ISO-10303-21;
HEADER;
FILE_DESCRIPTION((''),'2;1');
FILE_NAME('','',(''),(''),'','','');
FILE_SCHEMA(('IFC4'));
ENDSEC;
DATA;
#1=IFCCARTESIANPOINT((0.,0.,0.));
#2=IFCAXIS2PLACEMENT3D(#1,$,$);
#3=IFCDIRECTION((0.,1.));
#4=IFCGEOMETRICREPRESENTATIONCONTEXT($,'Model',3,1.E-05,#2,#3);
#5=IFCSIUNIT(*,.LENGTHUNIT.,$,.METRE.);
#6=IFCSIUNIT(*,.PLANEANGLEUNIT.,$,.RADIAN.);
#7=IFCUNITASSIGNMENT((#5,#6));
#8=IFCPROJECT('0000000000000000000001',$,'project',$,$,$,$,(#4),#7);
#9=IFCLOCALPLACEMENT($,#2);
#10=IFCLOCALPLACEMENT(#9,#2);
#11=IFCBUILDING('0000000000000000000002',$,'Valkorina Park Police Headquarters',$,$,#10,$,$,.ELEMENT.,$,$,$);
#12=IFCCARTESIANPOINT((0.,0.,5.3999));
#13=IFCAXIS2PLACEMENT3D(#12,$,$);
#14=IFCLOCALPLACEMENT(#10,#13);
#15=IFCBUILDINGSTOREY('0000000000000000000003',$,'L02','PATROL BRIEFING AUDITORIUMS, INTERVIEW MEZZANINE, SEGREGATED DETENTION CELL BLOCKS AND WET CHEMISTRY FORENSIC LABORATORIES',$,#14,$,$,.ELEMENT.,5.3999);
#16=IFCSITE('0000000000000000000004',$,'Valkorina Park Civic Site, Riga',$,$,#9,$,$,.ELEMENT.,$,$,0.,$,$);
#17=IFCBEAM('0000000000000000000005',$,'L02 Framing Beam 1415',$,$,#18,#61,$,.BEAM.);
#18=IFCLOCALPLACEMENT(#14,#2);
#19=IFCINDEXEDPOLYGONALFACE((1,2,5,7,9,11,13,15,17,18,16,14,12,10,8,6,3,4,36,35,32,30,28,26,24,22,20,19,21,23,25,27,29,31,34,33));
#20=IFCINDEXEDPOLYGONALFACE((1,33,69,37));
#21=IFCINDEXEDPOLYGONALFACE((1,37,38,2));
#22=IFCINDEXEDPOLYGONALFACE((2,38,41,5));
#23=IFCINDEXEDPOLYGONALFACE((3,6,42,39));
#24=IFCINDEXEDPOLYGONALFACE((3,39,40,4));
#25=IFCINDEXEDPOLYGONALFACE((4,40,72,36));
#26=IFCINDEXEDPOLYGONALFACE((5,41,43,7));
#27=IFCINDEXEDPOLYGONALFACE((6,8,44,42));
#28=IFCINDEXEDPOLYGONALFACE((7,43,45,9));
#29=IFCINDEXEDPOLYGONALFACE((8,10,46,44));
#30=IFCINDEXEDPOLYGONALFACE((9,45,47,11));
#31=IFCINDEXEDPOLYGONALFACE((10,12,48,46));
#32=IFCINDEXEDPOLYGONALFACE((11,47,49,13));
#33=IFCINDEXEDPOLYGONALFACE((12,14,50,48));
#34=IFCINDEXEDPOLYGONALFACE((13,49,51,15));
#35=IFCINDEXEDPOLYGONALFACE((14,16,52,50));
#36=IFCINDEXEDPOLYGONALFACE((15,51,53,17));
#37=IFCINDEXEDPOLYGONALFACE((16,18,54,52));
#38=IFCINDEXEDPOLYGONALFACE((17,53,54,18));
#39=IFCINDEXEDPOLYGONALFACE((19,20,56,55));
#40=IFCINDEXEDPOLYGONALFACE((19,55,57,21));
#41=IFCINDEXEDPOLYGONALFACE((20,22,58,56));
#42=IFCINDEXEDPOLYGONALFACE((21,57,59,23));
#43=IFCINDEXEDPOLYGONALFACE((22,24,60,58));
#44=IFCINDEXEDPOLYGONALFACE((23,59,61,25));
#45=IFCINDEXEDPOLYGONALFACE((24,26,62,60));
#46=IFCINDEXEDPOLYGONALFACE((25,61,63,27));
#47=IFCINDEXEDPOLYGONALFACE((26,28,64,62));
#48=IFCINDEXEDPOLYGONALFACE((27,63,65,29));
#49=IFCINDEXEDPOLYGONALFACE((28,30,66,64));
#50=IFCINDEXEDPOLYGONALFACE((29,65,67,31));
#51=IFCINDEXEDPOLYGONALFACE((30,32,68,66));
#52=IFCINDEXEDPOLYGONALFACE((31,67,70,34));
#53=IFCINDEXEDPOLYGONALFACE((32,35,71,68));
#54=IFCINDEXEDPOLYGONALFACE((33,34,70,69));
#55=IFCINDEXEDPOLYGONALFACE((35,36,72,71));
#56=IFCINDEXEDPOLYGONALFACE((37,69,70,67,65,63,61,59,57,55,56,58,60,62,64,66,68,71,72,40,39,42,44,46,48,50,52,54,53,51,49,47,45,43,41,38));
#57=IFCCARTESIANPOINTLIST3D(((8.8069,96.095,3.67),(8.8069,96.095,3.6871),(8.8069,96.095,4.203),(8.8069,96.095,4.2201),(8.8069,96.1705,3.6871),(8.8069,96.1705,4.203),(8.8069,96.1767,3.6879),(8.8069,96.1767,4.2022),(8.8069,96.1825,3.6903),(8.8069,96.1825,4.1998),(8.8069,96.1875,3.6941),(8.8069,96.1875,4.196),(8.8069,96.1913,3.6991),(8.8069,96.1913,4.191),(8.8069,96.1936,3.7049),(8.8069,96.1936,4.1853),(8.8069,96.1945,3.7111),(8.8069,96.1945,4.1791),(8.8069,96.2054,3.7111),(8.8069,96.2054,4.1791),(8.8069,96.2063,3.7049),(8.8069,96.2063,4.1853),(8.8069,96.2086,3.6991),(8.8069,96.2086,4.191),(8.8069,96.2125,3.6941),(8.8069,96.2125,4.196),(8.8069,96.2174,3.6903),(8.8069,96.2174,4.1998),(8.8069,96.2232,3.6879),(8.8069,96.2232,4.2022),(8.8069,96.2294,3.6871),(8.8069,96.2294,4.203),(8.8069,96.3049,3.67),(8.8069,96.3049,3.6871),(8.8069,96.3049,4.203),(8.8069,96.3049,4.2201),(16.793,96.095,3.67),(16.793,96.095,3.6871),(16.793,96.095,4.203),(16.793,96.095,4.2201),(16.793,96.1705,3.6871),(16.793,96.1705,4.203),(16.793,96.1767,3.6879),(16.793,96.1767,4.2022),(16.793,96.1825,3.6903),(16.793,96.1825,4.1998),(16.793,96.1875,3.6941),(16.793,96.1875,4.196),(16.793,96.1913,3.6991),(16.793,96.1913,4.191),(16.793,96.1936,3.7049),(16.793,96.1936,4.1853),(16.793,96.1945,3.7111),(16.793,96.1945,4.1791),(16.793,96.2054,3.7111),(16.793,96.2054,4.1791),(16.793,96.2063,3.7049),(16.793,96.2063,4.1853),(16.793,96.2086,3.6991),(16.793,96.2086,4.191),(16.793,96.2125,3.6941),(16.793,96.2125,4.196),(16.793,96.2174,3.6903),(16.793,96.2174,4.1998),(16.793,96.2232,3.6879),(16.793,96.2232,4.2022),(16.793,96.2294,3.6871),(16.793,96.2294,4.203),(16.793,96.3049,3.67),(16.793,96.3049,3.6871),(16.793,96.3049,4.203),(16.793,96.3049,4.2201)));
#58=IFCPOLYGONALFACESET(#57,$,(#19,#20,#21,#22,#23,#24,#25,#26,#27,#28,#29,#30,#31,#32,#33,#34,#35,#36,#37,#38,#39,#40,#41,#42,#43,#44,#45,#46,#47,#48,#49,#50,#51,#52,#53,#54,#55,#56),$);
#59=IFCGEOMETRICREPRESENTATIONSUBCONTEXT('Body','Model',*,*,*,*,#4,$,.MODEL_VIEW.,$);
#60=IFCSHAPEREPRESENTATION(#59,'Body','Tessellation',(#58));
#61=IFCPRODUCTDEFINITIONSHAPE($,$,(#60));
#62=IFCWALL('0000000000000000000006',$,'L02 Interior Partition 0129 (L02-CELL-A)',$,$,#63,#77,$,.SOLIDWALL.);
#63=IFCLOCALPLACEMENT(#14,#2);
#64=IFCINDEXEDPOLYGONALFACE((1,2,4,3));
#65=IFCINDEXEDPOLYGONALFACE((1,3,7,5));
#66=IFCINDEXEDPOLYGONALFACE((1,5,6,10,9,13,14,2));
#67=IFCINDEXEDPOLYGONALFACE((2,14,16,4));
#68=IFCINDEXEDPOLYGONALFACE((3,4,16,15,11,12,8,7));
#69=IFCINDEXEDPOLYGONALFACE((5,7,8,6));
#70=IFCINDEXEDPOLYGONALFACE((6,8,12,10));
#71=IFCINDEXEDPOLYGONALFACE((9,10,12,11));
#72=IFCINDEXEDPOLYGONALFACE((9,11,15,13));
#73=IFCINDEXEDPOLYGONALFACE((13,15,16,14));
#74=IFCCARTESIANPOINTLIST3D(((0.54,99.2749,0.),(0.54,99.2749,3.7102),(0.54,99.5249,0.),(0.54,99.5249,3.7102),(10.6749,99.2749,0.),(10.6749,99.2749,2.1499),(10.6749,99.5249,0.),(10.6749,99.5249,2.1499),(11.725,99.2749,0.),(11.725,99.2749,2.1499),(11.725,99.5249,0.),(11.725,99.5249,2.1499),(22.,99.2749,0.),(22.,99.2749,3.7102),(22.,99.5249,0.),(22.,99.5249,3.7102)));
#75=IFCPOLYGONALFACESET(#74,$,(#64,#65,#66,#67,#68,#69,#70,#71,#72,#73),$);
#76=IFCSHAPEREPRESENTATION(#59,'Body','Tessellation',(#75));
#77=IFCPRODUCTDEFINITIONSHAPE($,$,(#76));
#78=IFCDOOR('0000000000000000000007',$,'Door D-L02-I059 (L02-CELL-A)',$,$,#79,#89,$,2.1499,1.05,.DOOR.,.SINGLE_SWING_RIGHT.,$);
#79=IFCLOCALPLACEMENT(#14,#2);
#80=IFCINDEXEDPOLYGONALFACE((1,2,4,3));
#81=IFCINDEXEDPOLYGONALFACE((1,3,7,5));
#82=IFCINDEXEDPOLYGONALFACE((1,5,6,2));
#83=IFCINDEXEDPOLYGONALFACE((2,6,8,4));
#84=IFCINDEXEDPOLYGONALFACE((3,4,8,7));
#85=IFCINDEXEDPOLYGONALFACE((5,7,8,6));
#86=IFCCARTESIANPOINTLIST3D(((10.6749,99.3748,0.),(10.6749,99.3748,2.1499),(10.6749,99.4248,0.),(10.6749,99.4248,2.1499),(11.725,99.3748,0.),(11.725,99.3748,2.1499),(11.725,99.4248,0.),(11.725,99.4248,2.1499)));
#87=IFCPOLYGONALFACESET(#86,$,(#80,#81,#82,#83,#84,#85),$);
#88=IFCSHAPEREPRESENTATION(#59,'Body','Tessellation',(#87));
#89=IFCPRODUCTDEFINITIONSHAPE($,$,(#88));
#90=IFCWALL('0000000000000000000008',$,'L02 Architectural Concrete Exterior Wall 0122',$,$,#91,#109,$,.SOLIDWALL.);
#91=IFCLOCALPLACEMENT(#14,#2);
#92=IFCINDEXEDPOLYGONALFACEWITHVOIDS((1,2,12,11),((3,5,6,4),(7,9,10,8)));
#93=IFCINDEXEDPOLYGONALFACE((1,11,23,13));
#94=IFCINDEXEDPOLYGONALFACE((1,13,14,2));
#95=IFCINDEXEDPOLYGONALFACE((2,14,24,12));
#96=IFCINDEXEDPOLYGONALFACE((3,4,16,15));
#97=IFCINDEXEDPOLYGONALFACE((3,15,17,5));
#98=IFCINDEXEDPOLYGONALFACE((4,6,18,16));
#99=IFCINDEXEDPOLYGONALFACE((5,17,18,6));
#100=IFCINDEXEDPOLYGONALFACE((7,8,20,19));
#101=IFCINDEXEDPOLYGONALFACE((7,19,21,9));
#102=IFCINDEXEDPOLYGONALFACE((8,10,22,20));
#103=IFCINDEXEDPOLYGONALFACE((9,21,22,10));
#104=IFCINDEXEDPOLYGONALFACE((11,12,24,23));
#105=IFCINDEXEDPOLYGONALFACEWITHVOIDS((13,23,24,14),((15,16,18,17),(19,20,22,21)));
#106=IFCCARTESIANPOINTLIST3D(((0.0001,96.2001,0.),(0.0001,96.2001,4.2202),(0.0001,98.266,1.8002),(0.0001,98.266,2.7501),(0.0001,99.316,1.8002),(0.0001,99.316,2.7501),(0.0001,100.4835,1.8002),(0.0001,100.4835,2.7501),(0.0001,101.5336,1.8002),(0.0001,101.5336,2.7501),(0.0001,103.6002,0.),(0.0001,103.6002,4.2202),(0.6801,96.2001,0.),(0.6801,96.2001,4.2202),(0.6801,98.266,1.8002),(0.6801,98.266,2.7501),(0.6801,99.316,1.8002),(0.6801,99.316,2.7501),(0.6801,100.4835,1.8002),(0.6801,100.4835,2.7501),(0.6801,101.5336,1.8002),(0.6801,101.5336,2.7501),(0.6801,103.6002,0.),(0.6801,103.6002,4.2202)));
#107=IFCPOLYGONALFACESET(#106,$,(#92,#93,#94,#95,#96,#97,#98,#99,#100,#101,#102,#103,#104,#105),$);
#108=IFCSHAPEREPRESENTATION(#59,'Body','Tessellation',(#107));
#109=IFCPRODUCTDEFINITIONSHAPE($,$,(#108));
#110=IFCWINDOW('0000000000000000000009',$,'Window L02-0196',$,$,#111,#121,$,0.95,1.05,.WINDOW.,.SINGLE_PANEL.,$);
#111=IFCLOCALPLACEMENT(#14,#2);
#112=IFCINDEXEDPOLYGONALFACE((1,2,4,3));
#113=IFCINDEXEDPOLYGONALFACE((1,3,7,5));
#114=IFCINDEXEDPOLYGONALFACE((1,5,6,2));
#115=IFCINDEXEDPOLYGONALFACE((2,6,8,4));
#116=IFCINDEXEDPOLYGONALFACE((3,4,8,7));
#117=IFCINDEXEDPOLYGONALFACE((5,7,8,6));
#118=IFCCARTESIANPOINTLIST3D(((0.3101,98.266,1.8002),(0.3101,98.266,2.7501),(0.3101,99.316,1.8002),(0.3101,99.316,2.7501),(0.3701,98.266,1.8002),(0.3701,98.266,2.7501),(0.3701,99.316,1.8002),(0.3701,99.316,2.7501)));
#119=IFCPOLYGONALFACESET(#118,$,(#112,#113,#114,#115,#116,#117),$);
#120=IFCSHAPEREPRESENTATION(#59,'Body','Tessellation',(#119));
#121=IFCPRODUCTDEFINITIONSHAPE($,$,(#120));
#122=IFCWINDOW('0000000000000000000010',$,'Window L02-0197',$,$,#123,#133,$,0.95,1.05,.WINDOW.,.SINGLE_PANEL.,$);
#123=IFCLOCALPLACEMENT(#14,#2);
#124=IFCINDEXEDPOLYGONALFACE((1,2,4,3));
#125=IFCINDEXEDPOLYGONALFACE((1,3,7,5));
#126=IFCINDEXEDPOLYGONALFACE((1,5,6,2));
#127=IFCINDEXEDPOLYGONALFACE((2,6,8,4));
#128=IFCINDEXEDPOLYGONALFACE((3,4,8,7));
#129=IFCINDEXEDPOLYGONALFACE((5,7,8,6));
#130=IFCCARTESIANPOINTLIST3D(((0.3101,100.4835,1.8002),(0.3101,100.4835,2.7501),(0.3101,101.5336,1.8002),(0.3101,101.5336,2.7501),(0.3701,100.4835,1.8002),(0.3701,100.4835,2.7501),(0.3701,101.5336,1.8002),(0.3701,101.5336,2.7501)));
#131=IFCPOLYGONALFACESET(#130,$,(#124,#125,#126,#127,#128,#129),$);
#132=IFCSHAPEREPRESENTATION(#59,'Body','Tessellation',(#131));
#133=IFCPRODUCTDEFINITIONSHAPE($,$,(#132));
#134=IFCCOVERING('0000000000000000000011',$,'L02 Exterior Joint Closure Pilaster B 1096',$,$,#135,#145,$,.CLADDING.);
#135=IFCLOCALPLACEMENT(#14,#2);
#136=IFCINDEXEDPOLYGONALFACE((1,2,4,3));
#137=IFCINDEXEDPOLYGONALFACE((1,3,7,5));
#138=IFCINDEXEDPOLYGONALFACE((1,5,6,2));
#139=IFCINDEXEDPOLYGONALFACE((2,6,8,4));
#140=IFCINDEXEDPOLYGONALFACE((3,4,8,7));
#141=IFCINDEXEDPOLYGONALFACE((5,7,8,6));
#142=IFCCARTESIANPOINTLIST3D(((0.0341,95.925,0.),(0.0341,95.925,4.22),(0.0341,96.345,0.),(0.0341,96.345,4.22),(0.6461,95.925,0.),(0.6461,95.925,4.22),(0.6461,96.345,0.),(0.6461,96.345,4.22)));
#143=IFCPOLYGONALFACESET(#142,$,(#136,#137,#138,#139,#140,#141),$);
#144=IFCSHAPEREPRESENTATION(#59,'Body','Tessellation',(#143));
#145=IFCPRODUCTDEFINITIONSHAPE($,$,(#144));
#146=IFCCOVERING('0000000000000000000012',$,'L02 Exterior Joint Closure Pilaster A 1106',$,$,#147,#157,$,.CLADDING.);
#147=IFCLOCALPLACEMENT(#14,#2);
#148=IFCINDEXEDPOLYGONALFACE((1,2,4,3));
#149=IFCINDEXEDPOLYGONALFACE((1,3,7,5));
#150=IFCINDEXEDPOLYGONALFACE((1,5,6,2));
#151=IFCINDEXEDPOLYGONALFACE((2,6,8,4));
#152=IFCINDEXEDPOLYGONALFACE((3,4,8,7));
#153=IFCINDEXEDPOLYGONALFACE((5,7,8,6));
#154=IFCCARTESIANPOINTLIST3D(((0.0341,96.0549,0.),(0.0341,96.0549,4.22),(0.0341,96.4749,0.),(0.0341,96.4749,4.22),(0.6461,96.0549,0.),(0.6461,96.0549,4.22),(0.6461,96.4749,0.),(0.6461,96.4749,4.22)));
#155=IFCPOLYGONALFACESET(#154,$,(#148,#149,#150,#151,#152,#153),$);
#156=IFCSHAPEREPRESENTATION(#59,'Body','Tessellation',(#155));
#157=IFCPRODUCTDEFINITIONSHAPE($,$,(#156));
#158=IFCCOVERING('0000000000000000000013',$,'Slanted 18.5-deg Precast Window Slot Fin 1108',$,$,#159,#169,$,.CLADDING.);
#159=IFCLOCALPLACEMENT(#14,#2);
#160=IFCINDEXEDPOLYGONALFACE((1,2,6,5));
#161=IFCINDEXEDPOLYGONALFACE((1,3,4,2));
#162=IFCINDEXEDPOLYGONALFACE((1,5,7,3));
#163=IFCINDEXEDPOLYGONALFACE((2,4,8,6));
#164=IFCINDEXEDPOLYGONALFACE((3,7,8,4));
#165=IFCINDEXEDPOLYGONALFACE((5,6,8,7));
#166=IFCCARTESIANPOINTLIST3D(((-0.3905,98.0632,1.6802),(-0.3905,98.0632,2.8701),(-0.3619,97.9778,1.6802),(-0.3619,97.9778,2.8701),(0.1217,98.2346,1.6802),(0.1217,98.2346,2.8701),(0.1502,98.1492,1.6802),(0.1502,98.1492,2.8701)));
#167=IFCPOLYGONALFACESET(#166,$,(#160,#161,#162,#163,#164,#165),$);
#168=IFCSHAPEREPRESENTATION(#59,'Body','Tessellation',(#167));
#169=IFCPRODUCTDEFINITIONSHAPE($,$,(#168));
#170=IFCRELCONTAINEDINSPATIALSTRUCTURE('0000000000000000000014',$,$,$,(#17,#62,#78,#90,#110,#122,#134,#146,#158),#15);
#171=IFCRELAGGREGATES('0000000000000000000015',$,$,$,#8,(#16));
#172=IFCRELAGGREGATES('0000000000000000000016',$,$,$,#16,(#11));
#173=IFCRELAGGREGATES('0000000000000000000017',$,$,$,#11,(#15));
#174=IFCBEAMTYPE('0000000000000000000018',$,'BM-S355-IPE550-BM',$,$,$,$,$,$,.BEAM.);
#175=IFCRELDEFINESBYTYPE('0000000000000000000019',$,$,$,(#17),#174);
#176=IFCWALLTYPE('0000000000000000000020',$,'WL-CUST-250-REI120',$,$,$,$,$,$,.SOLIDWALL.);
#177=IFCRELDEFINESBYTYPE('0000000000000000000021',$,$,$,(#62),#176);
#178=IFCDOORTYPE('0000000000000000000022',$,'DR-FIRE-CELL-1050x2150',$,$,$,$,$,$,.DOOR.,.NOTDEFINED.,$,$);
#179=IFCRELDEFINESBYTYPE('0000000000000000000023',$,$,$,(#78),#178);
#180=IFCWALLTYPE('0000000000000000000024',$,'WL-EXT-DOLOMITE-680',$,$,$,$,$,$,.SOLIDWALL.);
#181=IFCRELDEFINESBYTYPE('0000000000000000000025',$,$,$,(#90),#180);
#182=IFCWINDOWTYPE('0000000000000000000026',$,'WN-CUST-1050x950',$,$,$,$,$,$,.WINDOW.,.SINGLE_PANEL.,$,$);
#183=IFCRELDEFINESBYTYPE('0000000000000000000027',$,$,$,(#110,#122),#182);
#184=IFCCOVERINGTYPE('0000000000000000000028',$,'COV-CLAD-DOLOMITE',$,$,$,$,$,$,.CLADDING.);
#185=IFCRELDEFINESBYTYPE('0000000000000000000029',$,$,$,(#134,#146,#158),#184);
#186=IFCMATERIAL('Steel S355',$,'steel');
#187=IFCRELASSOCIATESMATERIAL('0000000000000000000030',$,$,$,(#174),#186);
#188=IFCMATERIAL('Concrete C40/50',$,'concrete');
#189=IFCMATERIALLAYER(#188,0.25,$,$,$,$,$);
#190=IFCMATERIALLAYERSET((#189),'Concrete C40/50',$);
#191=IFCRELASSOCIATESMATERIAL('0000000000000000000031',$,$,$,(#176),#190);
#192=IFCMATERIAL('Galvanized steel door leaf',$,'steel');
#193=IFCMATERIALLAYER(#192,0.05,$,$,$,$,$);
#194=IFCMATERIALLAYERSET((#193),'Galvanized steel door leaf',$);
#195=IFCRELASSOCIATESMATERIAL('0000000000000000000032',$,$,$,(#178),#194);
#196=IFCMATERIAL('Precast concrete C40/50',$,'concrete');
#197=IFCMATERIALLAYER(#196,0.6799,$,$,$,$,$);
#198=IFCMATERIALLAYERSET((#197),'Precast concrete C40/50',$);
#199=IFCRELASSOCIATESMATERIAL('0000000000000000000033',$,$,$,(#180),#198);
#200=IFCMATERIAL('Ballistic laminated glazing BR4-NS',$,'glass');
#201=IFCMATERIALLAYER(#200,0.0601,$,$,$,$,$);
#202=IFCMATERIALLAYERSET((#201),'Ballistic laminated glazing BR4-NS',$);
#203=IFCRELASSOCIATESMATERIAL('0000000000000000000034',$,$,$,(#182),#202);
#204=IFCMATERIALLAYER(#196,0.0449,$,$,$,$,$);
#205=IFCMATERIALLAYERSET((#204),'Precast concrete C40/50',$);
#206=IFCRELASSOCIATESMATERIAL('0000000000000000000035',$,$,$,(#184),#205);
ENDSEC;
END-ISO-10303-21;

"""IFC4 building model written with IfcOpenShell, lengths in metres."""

from ifc_helpers import new_model, si_unit, direction, frame, frame_2d, origin, origin_2d, place, context, subcontext, project, spatial, rectangle, i_section, extrude, material, layer, layer_set, material_profile, profile_set, type_object, element, fill, save


model = new_model("IFC4")

# Units and contexts
model_context = context("Model", 3, precision=1e-05, world=origin(), true_north=direction((0.0, 1.0)))
body_context = subcontext(model_context, "Body", "Model", "MODEL_VIEW")
ifc_project = project(units=[si_unit("LENGTHUNIT", "METRE"), si_unit("PLANEANGLEUNIT", "RADIAN")], contexts=[model_context])

# Site, building, storey
site_placement = place(None, origin())
site = spatial("IfcSite", under=ifc_project, at=site_placement, Name="Valkorina Park Civic Site, Riga", CompositionType="ELEMENT", RefElevation=0.0)
building_placement = place(site_placement, origin())
building = spatial("IfcBuilding", under=site, at=building_placement, Name="Valkorina Park Police Headquarters", CompositionType="ELEMENT")
storey_placement = place(building_placement, frame((0.0, 0.0, 5.3999)))
storey = spatial("IfcBuildingStorey", under=building, at=storey_placement, Name="L02", Description="PATROL BRIEFING AUDITORIUMS, INTERVIEW MEZZANINE, SEGREGATED DETENTION CELL BLOCKS AND WET CHEMISTRY FORENSIC LABORATORIES", CompositionType="ELEMENT", Elevation=5.3999)

# Shared definitions
ifc_material_1 = material(Name="Steel S355", Category="steel")

# Beam
ifc_material_profile_1 = material_profile(ifc_material_1, i_section(OverallWidth=0.21, OverallDepth=0.55, WebThickness=0.011, FlangeThickness=0.0171, FilletRadius=0.0239, at=origin_2d()), Name="IPE 550")
ifc_profile_set_1 = profile_set([ifc_material_profile_1], Name="Steel S355")
beam_type_1 = type_object("IfcBeamType", Name="BM-S355-IPE550-BM", PredefinedType="BEAM", material=ifc_profile_set_1)
beam_1_placement = place(storey_placement, frame((8.8069, 96.2, 3.9451), z_axis=(1.0, 0.0, 0.0), x_axis=(0.0, 1.0, 0.0)))
element("IfcBeam", 1, at=beam_1_placement, inside=storey, type_object=beam_type_1, Name="L02 Framing Beam 1415", PredefinedType="BEAM", context=body_context, shape_type="SweptSolid", body=[
    extrude(i_section(OverallWidth=0.21, OverallDepth=0.55, WebThickness=0.011, FlangeThickness=0.0171, FilletRadius=0.0239, at=origin_2d()), origin(), (0.0, 0.0, 1.0), 7.9861),
])

# Wall, opening, door
ifc_material_2 = material(Name="Concrete C40/50", Category="concrete")
ifc_layer_1 = layer(ifc_material_2, 0.25)
ifc_layer_set_1 = layer_set([ifc_layer_1], Name="Concrete C40/50")
wall_type_1 = type_object("IfcWallType", Name="WL-CUST-250-REI120", PredefinedType="SOLIDWALL", material=ifc_layer_set_1)
wall_1_placement = place(storey_placement, frame((0.54, 99.3999, 0.0), z_axis=(0.0, 0.0, 1.0), x_axis=(1.0, 0.0, 0.0)))
wall_1 = element("IfcWall", 2, at=wall_1_placement, inside=storey, type_object=wall_type_1, Name="L02 Interior Partition 0129 (L02-CELL-A)", PredefinedType="SOLIDWALL", context=body_context, shape_type="SweptSolid", body=[
    extrude(rectangle(XDim=21.46, YDim=0.25, at=frame_2d((10.73, 0.0))), origin(), (0.0, 0.0, 1.0), 3.7102),
])
opening_1_placement = place(wall_1_placement, frame((10.135, 0.0, 0.0)))
opening_1 = element("IfcOpeningElement", 3, at=opening_1_placement, cuts=wall_1, PredefinedType="OPENING", context=body_context, shape_type="SweptSolid", body=[
    extrude(rectangle(XDim=1.05, YDim=2.1499, at=frame_2d((0.5249, 1.075))), frame((0.0, 0.135, 0.0), z_axis=(0.0, -1.0, 0.0), x_axis=(1.0, 0.0, 0.0)), (0.0, 0.0, 1.0), 0.27),
])
ifc_material_3 = material(Name="Galvanized steel door leaf", Category="steel")
ifc_layer_2 = layer(ifc_material_3, 0.05)
ifc_layer_set_2 = layer_set([ifc_layer_2], Name="Galvanized steel door leaf")
door_type = type_object("IfcDoorType", Name="DR-FIRE-CELL-1050x2150", OperationType="NOTDEFINED", PredefinedType="DOOR", material=ifc_layer_set_2)
door_placement = place(opening_1_placement, origin())
door = element("IfcDoor", 4, at=door_placement, inside=storey, type_object=door_type, Name="Door D-L02-I059 (L02-CELL-A)", OperationType="SINGLE_SWING_RIGHT", OverallHeight=2.1499, OverallWidth=1.05, PredefinedType="DOOR", context=body_context, shape_type="SweptSolid", body=[
    extrude(rectangle(XDim=1.05, YDim=2.1499, at=frame_2d((0.5249, 1.075))), frame((0.0, 0.0249, 0.0), z_axis=(0.0, -1.0, 0.0), x_axis=(1.0, 0.0, 0.0)), (0.0, 0.0, 1.0), 0.05),
])
fill(opening_1, door)

# Wall, openings, windows
ifc_material_4 = material(Name="Precast concrete C40/50", Category="concrete")
ifc_layer_3 = layer(ifc_material_4, 0.6799)
ifc_layer_set_3 = layer_set([ifc_layer_3], Name="Precast concrete C40/50")
wall_type_2 = type_object("IfcWallType", Name="WL-EXT-DOLOMITE-680", PredefinedType="SOLIDWALL", material=ifc_layer_set_3)
wall_2_placement = place(storey_placement, frame((0.3401, 96.2, 0.0), z_axis=(0.0, 0.0, 1.0), x_axis=(0.0, 1.0, 0.0)))
wall_2 = element("IfcWall", 5, at=wall_2_placement, inside=storey, type_object=wall_type_2, Name="L02 Architectural Concrete Exterior Wall 0122", PredefinedType="SOLIDWALL", context=body_context, shape_type="SweptSolid", body=[
    extrude(rectangle(XDim=7.4001, YDim=0.6799, at=frame_2d((3.7002, 0.0))), origin(), (0.0, 0.0, 1.0), 4.2202),
])
opening_2_placement = place(wall_2_placement, frame((2.0662, 0.0, 1.8)))
opening_2 = element("IfcOpeningElement", 6, at=opening_2_placement, cuts=wall_2, PredefinedType="OPENING", context=body_context, shape_type="SweptSolid", body=[
    extrude(rectangle(XDim=1.05, YDim=0.95, at=frame_2d((0.5249, 0.4751))), frame((0.0, 0.3501, 0.0), z_axis=(0.0, -1.0, 0.0), x_axis=(1.0, 0.0, 0.0)), (0.0, 0.0, 1.0), 0.7),
])
opening_3_placement = place(wall_2_placement, frame((4.2837, 0.0, 1.8)))
opening_3 = element("IfcOpeningElement", 7, at=opening_3_placement, cuts=wall_2, PredefinedType="OPENING", context=body_context, shape_type="SweptSolid", body=[
    extrude(rectangle(XDim=1.05, YDim=0.95, at=frame_2d((0.5249, 0.4751))), frame((0.0, 0.3501, 0.0), z_axis=(0.0, -1.0, 0.0), x_axis=(1.0, 0.0, 0.0)), (0.0, 0.0, 1.0), 0.7),
])
ifc_material_5 = material(Name="Ballistic laminated glazing BR4-NS", Category="glass")
ifc_layer_4 = layer(ifc_material_5, 0.0601)
ifc_layer_set_4 = layer_set([ifc_layer_4], Name="Ballistic laminated glazing BR4-NS")
window_type = type_object("IfcWindowType", Name="WN-CUST-1050x950", PartitioningType="SINGLE_PANEL", PredefinedType="WINDOW", material=ifc_layer_set_4)
window_1_placement = place(opening_2_placement, origin())
window_1 = element("IfcWindow", 8, at=window_1_placement, inside=storey, type_object=window_type, Name="Window L02-0196", OverallHeight=0.95, OverallWidth=1.05, PartitioningType="SINGLE_PANEL", PredefinedType="WINDOW", context=body_context, shape_type="SweptSolid", body=[
    extrude(rectangle(XDim=1.05, YDim=0.95, at=frame_2d((0.5249, 0.4751))), frame((0.0, 0.03, 0.0), z_axis=(0.0, -1.0, 0.0), x_axis=(1.0, 0.0, 0.0)), (0.0, 0.0, 1.0), 0.0601),
])
fill(opening_2, window_1)
window_2_placement = place(opening_3_placement, origin())
window_2 = element("IfcWindow", 9, at=window_2_placement, inside=storey, type_object=window_type, Name="Window L02-0197", OverallHeight=0.95, OverallWidth=1.05, PartitioningType="SINGLE_PANEL", PredefinedType="WINDOW", context=body_context, shape_type="SweptSolid", body=[
    extrude(rectangle(XDim=1.05, YDim=0.95, at=frame_2d((0.5249, 0.4751))), frame((0.0, 0.03, 0.0), z_axis=(0.0, -1.0, 0.0), x_axis=(1.0, 0.0, 0.0)), (0.0, 0.0, 1.0), 0.0601),
])
fill(opening_3, window_2)

# Coverings
ifc_layer_5 = layer(ifc_material_4, 0.0449)
ifc_layer_set_5 = layer_set([ifc_layer_5], Name="Precast concrete C40/50")
covering_type = type_object("IfcCoveringType", Name="COV-CLAD-DOLOMITE", PredefinedType="CLADDING", material=ifc_layer_set_5)
for number, where, z_axis, x_axis, name in (
    (10, (0.3401, 96.135, 0.0), (0.0, 0.0, 1.0), (0.0, 1.0, 0.0), "L02 Exterior Joint Closure Pilaster B 1096"),
    (11, (0.3401, 96.2649, 0.0), (0.0, 0.0, 1.0), (0.0, 1.0, 0.0), "L02 Exterior Joint Closure Pilaster A 1106"),
):
    element("IfcCovering", number, at=place(storey_placement, frame(where, z_axis=z_axis, x_axis=x_axis)), inside=storey, type_object=covering_type, Name=name, PredefinedType="CLADDING", context=body_context, shape_type="SweptSolid", body=[
        extrude(rectangle(XDim=0.4199, YDim=0.6121, at=origin_2d()), origin(), (0.0, 0.0, 1.0), 4.22),
    ])
for number, where, z_axis, x_axis, name in (
    (12, (-0.1201, 98.1062, 1.6802), (0.0, 0.0, 1.0), (-0.948324, -0.317305, 0.0), "Slanted 18.5-deg Precast Window Slot Fin 1108"),
):
    element("IfcCovering", number, at=place(storey_placement, frame(where, z_axis=z_axis, x_axis=x_axis)), inside=storey, type_object=covering_type, Name=name, PredefinedType="CLADDING", context=body_context, shape_type="SweptSolid", body=[
        extrude(rectangle(XDim=0.54, YDim=0.0901, at=origin_2d()), origin(), (0.0, 0.0, 1.0), 1.1899),
    ])

save(model, "model.ifc")
